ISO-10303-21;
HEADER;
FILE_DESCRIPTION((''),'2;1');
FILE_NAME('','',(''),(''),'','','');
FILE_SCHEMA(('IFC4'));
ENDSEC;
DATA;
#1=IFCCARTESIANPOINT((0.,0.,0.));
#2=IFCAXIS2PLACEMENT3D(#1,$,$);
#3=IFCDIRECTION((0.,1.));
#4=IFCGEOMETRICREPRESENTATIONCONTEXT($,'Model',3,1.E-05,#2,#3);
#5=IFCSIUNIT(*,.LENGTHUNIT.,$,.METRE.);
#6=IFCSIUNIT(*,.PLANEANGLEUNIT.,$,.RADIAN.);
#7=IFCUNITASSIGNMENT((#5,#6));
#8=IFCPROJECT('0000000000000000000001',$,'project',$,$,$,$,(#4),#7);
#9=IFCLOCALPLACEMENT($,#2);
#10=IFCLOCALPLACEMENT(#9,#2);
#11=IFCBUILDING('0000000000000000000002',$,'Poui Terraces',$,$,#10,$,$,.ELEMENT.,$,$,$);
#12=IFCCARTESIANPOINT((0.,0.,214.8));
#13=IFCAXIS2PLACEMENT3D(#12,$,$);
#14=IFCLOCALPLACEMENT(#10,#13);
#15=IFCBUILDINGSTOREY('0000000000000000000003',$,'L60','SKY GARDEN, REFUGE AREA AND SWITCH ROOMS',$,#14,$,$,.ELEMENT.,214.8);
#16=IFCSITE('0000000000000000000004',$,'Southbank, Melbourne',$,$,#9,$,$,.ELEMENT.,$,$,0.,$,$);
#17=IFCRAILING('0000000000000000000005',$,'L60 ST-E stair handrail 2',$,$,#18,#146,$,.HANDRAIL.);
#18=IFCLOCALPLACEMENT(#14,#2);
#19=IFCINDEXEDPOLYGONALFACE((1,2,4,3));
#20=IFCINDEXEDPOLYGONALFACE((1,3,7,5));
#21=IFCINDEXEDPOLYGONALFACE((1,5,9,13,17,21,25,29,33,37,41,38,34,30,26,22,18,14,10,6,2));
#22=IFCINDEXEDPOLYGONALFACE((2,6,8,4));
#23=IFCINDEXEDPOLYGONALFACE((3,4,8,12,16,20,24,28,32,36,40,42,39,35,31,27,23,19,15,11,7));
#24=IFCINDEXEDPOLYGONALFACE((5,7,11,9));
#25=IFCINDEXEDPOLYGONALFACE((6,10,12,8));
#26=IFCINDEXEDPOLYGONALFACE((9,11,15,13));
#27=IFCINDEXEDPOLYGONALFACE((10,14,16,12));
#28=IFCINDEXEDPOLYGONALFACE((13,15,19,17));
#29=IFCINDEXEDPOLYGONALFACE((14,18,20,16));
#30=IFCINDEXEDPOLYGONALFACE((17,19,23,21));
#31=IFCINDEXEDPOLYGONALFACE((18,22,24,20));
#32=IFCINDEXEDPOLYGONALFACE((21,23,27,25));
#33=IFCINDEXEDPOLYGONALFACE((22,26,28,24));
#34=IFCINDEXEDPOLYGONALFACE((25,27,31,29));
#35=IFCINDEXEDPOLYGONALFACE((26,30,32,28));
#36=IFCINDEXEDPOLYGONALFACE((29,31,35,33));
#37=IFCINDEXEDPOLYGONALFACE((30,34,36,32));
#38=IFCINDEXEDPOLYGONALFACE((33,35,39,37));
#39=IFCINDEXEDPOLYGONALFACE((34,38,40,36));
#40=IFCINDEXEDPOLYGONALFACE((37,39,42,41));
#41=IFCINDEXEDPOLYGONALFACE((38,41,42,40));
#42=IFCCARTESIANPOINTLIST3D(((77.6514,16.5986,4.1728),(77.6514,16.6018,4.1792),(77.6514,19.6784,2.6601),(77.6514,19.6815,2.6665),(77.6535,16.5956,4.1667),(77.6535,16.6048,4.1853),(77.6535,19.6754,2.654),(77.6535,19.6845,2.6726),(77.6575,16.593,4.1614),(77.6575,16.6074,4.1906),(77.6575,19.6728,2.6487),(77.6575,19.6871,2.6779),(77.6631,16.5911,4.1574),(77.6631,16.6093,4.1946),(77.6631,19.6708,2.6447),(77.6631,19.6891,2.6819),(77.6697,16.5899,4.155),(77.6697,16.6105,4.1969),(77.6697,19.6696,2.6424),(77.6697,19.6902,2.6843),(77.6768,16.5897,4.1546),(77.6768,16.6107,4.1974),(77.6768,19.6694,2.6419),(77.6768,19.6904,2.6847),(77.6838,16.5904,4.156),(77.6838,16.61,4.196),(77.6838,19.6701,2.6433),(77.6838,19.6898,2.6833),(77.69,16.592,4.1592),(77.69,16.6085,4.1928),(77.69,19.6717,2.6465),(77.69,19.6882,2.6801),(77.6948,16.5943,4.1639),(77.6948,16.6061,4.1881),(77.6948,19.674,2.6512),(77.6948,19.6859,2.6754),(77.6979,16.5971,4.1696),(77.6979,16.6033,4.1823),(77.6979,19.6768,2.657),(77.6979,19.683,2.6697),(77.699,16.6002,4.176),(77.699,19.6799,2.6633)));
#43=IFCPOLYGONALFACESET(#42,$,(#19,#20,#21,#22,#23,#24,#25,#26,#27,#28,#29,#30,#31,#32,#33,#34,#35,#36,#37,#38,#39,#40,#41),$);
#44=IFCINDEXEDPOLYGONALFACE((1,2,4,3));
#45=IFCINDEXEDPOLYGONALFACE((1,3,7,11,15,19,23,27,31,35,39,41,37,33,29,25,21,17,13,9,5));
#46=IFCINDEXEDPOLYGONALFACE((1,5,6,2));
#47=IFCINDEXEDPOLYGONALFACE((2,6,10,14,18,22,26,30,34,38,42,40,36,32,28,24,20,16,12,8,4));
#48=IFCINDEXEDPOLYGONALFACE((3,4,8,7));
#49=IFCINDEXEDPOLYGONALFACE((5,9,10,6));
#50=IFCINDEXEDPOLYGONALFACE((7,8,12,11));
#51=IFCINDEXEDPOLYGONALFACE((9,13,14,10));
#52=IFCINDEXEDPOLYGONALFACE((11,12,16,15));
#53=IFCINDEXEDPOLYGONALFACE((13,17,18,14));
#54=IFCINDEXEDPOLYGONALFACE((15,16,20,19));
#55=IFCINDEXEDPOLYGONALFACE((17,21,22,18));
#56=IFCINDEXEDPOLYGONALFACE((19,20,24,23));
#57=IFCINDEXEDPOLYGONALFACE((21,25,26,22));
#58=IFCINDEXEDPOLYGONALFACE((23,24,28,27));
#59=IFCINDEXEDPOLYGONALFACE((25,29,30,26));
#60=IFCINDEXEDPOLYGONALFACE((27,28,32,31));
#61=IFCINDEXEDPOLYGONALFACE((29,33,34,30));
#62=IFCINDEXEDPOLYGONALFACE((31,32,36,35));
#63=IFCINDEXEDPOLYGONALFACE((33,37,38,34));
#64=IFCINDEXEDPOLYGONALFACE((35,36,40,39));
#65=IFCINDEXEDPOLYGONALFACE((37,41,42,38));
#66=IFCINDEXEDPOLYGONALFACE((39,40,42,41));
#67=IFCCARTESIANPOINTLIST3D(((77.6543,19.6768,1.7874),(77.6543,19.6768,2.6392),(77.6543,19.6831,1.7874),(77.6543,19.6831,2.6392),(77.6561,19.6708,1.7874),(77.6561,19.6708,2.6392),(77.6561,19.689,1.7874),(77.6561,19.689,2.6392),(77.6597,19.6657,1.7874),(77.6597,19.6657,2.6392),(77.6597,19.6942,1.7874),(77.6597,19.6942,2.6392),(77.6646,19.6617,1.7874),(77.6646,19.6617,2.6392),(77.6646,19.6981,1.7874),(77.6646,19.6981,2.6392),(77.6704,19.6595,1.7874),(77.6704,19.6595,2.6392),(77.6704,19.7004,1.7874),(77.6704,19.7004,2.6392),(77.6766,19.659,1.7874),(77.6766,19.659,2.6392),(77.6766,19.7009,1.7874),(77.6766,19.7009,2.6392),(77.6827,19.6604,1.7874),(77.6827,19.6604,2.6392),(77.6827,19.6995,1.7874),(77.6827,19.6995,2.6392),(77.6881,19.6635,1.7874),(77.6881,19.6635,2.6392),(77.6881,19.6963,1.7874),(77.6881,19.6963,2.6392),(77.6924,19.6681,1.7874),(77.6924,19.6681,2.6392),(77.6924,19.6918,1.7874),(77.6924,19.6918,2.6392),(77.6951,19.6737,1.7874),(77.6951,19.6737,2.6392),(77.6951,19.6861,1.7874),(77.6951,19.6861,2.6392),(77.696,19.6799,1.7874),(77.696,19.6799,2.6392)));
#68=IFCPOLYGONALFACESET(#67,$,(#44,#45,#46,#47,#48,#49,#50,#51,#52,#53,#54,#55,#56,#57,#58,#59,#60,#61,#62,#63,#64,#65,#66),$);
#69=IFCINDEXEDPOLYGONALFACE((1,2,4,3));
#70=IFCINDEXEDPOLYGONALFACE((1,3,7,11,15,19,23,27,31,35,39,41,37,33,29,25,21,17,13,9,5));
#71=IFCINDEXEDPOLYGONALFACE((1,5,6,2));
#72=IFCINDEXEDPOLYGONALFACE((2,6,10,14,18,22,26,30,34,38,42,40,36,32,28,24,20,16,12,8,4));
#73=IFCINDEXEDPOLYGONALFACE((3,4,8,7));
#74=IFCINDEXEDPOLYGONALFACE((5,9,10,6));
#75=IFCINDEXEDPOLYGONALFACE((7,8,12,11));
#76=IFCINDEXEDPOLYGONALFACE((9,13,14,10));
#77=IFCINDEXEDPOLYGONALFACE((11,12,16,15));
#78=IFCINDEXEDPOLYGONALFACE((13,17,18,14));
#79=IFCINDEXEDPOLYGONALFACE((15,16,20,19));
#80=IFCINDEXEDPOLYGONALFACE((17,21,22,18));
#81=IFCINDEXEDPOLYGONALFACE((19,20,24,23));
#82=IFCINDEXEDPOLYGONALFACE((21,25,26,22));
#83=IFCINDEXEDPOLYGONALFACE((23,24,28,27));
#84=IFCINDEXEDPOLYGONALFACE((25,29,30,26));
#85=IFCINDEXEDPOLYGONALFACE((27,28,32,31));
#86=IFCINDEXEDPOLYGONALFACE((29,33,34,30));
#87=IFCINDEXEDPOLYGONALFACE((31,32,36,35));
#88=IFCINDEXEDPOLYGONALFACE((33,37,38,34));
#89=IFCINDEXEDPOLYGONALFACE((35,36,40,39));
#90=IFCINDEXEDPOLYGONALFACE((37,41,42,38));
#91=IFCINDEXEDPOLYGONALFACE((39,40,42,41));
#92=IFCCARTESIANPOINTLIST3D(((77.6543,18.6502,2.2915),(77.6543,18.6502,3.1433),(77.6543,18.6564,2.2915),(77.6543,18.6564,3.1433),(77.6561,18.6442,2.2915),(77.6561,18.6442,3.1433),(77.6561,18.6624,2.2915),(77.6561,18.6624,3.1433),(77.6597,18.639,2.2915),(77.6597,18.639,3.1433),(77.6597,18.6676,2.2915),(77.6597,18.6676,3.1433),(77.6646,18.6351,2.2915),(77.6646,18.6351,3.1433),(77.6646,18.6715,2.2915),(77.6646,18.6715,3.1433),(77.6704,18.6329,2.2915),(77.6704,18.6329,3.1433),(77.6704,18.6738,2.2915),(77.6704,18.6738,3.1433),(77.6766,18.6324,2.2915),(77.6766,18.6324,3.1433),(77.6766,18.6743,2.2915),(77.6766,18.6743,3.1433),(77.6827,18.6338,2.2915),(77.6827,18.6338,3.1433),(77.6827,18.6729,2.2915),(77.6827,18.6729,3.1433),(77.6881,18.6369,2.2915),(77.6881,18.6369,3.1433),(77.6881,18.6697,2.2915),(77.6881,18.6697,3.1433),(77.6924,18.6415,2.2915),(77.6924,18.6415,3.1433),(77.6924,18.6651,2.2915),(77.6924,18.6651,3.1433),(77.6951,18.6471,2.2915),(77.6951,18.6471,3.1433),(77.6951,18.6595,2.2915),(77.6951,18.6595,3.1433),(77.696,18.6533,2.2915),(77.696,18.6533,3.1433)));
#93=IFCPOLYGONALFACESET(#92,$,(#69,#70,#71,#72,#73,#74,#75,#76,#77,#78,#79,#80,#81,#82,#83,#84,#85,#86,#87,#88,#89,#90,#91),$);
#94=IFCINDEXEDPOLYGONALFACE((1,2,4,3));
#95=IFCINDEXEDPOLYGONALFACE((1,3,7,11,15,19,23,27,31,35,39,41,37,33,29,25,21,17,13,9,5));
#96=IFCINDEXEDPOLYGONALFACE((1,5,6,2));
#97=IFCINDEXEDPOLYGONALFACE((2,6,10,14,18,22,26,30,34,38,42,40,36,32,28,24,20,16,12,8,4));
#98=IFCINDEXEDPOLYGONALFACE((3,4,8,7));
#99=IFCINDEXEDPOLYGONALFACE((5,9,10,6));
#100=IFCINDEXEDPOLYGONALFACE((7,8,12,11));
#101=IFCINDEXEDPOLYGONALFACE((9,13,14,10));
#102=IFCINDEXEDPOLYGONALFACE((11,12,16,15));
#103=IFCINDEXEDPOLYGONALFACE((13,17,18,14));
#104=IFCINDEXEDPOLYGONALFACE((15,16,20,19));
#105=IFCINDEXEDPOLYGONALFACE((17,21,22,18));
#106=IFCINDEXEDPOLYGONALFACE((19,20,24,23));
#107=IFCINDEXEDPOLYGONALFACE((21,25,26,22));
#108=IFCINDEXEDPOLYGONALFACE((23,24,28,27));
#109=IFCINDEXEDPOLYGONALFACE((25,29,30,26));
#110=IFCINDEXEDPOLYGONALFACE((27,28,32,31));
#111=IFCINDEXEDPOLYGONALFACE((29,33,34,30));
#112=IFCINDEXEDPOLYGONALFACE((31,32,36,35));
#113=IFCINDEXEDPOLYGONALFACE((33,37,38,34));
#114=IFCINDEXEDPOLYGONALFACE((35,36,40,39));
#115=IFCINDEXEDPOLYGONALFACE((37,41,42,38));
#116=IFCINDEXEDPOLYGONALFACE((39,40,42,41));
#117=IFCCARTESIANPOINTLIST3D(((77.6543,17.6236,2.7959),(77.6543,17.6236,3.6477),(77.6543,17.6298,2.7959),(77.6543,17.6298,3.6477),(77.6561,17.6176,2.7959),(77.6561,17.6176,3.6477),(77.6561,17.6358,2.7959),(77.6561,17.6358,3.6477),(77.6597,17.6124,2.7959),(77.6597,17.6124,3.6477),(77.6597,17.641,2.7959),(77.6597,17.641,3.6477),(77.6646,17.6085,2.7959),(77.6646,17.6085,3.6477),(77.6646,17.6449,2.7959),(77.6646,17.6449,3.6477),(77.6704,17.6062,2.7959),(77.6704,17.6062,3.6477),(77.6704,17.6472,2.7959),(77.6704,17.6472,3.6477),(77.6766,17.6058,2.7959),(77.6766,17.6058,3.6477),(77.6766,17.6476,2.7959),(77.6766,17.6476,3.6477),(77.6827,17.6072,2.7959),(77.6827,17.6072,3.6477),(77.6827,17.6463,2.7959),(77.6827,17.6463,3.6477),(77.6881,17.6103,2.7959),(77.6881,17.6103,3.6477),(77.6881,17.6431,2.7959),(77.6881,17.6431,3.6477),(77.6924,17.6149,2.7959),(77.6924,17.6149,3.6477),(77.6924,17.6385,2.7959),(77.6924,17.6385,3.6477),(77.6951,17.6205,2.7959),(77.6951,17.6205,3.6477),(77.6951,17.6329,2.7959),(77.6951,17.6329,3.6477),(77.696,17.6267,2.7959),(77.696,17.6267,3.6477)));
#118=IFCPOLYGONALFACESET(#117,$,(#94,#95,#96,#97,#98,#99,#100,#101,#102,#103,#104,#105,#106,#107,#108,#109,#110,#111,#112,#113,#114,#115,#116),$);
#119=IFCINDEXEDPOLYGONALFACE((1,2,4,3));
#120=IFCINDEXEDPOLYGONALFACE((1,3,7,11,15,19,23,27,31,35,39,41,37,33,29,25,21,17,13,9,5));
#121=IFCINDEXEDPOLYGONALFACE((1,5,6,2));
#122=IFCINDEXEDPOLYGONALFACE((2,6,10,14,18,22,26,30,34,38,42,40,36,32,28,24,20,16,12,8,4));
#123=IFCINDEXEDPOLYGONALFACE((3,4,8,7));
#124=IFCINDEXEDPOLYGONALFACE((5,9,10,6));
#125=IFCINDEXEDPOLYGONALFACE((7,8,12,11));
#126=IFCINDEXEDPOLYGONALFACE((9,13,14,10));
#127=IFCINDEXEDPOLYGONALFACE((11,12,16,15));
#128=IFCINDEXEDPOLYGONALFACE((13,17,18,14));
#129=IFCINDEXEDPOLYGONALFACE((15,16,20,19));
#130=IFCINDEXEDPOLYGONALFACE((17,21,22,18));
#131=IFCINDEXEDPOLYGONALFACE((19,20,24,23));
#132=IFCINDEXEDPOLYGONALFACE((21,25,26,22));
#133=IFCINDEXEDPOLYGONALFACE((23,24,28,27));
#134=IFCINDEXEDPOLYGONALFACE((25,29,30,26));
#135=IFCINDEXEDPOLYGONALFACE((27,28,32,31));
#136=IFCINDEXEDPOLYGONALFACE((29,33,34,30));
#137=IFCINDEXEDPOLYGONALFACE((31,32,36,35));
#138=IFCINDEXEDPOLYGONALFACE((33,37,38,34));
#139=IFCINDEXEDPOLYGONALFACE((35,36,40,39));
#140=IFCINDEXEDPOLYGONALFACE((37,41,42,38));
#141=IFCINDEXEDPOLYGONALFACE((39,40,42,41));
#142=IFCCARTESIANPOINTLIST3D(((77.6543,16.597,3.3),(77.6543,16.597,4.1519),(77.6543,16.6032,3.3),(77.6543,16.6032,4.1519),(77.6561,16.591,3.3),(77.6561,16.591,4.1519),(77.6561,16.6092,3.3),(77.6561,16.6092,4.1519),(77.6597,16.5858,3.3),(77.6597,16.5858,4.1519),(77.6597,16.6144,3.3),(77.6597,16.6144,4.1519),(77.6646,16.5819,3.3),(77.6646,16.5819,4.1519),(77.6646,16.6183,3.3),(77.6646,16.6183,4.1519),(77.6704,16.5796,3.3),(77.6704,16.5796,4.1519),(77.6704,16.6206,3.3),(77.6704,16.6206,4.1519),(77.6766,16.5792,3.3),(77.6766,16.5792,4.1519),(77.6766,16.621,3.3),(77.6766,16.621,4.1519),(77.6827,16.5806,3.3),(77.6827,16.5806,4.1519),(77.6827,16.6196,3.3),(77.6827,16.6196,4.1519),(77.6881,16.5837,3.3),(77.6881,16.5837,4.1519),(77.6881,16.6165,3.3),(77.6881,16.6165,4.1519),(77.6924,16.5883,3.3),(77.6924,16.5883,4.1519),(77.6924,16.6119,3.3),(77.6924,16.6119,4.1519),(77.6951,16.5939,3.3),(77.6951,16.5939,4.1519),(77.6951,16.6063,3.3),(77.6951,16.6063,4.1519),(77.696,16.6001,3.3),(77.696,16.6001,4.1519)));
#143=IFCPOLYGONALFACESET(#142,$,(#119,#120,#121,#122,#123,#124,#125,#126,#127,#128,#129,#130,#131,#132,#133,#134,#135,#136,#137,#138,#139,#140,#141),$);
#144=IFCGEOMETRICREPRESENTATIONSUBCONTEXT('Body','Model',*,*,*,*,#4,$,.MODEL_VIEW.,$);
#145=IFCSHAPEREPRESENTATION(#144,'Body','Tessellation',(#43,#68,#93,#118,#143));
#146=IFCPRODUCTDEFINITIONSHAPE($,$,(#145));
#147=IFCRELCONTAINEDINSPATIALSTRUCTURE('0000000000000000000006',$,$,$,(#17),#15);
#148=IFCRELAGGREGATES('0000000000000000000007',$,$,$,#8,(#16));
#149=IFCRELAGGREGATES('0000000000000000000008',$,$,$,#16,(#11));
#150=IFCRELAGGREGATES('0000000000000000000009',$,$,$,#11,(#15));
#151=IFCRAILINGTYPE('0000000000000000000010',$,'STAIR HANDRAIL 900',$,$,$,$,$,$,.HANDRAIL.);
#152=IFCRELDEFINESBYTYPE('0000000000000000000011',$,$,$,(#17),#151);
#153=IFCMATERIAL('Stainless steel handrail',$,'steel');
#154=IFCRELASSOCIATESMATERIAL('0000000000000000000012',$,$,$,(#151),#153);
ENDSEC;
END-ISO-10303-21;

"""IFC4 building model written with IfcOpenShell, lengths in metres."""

from ifc_helpers import new_model, si_unit, direction, frame, origin, origin_2d, place, context, subcontext, project, spatial, circle, extrude, material, type_object, element, save


model = new_model("IFC4")

# Units and contexts
model_context = context("Model", 3, precision=1e-05, world=origin(), true_north=direction((0.0, 1.0)))
body_context = subcontext(model_context, "Body", "Model", "MODEL_VIEW")
ifc_project = project(units=[si_unit("LENGTHUNIT", "METRE"), si_unit("PLANEANGLEUNIT", "RADIAN")], contexts=[model_context])

# Site, building, storey
site_placement = place(None, origin())
site = spatial("IfcSite", under=ifc_project, at=site_placement, Name="Southbank, Melbourne", CompositionType="ELEMENT", RefElevation=0.0)
building_placement = place(site_placement, origin())
building = spatial("IfcBuilding", under=site, at=building_placement, Name="Poui Terraces", CompositionType="ELEMENT")
storey_placement = place(building_placement, frame((0.0, 0.0, 214.8)))
storey = spatial("IfcBuildingStorey", under=building, at=storey_placement, Name="L60", Description="SKY GARDEN, REFUGE AREA AND SWITCH ROOMS", CompositionType="ELEMENT", Elevation=214.8)

# Railing
ifc_material_1 = material(Name="Stainless steel handrail", Category="steel")
railing_type_1 = type_object("IfcRailingType", Name="STAIR HANDRAIL 900", PredefinedType="HANDRAIL", material=ifc_material_1)
railing_1_placement = place(storey_placement, frame((77.675, 19.6799, 1.7874)))
element("IfcRailing", 1, at=railing_1_placement, inside=storey, type_object=railing_type_1, Name="L60 ST-E stair handrail 2", PredefinedType="HANDRAIL", context=body_context, shape_type="SweptSolid", body=[
    extrude(circle(Radius=0.0239, at=origin_2d()), frame((0.0, 0.0, 0.876), z_axis=(0.0, -0.897578, 0.440856), x_axis=(1.0, 0.0, 0.0)), (0.0, 0.0, 1.0), 3.4312),
    extrude(circle(Radius=0.021, at=origin_2d()), origin(), (0.0, 0.0, 1.0), 0.8518),
    extrude(circle(Radius=0.021, at=origin_2d()), frame((0.0, -1.0266, 0.5042)), (0.0, 0.0, 1.0), 0.8518),
    extrude(circle(Radius=0.021, at=origin_2d()), frame((0.0, -2.0532, 1.0085)), (0.0, 0.0, 1.0), 0.8518),
    extrude(circle(Radius=0.021, at=origin_2d()), frame((0.0, -3.0798, 1.5127)), (0.0, 0.0, 1.0), 0.8518),
])

save(model, "model.ifc")
